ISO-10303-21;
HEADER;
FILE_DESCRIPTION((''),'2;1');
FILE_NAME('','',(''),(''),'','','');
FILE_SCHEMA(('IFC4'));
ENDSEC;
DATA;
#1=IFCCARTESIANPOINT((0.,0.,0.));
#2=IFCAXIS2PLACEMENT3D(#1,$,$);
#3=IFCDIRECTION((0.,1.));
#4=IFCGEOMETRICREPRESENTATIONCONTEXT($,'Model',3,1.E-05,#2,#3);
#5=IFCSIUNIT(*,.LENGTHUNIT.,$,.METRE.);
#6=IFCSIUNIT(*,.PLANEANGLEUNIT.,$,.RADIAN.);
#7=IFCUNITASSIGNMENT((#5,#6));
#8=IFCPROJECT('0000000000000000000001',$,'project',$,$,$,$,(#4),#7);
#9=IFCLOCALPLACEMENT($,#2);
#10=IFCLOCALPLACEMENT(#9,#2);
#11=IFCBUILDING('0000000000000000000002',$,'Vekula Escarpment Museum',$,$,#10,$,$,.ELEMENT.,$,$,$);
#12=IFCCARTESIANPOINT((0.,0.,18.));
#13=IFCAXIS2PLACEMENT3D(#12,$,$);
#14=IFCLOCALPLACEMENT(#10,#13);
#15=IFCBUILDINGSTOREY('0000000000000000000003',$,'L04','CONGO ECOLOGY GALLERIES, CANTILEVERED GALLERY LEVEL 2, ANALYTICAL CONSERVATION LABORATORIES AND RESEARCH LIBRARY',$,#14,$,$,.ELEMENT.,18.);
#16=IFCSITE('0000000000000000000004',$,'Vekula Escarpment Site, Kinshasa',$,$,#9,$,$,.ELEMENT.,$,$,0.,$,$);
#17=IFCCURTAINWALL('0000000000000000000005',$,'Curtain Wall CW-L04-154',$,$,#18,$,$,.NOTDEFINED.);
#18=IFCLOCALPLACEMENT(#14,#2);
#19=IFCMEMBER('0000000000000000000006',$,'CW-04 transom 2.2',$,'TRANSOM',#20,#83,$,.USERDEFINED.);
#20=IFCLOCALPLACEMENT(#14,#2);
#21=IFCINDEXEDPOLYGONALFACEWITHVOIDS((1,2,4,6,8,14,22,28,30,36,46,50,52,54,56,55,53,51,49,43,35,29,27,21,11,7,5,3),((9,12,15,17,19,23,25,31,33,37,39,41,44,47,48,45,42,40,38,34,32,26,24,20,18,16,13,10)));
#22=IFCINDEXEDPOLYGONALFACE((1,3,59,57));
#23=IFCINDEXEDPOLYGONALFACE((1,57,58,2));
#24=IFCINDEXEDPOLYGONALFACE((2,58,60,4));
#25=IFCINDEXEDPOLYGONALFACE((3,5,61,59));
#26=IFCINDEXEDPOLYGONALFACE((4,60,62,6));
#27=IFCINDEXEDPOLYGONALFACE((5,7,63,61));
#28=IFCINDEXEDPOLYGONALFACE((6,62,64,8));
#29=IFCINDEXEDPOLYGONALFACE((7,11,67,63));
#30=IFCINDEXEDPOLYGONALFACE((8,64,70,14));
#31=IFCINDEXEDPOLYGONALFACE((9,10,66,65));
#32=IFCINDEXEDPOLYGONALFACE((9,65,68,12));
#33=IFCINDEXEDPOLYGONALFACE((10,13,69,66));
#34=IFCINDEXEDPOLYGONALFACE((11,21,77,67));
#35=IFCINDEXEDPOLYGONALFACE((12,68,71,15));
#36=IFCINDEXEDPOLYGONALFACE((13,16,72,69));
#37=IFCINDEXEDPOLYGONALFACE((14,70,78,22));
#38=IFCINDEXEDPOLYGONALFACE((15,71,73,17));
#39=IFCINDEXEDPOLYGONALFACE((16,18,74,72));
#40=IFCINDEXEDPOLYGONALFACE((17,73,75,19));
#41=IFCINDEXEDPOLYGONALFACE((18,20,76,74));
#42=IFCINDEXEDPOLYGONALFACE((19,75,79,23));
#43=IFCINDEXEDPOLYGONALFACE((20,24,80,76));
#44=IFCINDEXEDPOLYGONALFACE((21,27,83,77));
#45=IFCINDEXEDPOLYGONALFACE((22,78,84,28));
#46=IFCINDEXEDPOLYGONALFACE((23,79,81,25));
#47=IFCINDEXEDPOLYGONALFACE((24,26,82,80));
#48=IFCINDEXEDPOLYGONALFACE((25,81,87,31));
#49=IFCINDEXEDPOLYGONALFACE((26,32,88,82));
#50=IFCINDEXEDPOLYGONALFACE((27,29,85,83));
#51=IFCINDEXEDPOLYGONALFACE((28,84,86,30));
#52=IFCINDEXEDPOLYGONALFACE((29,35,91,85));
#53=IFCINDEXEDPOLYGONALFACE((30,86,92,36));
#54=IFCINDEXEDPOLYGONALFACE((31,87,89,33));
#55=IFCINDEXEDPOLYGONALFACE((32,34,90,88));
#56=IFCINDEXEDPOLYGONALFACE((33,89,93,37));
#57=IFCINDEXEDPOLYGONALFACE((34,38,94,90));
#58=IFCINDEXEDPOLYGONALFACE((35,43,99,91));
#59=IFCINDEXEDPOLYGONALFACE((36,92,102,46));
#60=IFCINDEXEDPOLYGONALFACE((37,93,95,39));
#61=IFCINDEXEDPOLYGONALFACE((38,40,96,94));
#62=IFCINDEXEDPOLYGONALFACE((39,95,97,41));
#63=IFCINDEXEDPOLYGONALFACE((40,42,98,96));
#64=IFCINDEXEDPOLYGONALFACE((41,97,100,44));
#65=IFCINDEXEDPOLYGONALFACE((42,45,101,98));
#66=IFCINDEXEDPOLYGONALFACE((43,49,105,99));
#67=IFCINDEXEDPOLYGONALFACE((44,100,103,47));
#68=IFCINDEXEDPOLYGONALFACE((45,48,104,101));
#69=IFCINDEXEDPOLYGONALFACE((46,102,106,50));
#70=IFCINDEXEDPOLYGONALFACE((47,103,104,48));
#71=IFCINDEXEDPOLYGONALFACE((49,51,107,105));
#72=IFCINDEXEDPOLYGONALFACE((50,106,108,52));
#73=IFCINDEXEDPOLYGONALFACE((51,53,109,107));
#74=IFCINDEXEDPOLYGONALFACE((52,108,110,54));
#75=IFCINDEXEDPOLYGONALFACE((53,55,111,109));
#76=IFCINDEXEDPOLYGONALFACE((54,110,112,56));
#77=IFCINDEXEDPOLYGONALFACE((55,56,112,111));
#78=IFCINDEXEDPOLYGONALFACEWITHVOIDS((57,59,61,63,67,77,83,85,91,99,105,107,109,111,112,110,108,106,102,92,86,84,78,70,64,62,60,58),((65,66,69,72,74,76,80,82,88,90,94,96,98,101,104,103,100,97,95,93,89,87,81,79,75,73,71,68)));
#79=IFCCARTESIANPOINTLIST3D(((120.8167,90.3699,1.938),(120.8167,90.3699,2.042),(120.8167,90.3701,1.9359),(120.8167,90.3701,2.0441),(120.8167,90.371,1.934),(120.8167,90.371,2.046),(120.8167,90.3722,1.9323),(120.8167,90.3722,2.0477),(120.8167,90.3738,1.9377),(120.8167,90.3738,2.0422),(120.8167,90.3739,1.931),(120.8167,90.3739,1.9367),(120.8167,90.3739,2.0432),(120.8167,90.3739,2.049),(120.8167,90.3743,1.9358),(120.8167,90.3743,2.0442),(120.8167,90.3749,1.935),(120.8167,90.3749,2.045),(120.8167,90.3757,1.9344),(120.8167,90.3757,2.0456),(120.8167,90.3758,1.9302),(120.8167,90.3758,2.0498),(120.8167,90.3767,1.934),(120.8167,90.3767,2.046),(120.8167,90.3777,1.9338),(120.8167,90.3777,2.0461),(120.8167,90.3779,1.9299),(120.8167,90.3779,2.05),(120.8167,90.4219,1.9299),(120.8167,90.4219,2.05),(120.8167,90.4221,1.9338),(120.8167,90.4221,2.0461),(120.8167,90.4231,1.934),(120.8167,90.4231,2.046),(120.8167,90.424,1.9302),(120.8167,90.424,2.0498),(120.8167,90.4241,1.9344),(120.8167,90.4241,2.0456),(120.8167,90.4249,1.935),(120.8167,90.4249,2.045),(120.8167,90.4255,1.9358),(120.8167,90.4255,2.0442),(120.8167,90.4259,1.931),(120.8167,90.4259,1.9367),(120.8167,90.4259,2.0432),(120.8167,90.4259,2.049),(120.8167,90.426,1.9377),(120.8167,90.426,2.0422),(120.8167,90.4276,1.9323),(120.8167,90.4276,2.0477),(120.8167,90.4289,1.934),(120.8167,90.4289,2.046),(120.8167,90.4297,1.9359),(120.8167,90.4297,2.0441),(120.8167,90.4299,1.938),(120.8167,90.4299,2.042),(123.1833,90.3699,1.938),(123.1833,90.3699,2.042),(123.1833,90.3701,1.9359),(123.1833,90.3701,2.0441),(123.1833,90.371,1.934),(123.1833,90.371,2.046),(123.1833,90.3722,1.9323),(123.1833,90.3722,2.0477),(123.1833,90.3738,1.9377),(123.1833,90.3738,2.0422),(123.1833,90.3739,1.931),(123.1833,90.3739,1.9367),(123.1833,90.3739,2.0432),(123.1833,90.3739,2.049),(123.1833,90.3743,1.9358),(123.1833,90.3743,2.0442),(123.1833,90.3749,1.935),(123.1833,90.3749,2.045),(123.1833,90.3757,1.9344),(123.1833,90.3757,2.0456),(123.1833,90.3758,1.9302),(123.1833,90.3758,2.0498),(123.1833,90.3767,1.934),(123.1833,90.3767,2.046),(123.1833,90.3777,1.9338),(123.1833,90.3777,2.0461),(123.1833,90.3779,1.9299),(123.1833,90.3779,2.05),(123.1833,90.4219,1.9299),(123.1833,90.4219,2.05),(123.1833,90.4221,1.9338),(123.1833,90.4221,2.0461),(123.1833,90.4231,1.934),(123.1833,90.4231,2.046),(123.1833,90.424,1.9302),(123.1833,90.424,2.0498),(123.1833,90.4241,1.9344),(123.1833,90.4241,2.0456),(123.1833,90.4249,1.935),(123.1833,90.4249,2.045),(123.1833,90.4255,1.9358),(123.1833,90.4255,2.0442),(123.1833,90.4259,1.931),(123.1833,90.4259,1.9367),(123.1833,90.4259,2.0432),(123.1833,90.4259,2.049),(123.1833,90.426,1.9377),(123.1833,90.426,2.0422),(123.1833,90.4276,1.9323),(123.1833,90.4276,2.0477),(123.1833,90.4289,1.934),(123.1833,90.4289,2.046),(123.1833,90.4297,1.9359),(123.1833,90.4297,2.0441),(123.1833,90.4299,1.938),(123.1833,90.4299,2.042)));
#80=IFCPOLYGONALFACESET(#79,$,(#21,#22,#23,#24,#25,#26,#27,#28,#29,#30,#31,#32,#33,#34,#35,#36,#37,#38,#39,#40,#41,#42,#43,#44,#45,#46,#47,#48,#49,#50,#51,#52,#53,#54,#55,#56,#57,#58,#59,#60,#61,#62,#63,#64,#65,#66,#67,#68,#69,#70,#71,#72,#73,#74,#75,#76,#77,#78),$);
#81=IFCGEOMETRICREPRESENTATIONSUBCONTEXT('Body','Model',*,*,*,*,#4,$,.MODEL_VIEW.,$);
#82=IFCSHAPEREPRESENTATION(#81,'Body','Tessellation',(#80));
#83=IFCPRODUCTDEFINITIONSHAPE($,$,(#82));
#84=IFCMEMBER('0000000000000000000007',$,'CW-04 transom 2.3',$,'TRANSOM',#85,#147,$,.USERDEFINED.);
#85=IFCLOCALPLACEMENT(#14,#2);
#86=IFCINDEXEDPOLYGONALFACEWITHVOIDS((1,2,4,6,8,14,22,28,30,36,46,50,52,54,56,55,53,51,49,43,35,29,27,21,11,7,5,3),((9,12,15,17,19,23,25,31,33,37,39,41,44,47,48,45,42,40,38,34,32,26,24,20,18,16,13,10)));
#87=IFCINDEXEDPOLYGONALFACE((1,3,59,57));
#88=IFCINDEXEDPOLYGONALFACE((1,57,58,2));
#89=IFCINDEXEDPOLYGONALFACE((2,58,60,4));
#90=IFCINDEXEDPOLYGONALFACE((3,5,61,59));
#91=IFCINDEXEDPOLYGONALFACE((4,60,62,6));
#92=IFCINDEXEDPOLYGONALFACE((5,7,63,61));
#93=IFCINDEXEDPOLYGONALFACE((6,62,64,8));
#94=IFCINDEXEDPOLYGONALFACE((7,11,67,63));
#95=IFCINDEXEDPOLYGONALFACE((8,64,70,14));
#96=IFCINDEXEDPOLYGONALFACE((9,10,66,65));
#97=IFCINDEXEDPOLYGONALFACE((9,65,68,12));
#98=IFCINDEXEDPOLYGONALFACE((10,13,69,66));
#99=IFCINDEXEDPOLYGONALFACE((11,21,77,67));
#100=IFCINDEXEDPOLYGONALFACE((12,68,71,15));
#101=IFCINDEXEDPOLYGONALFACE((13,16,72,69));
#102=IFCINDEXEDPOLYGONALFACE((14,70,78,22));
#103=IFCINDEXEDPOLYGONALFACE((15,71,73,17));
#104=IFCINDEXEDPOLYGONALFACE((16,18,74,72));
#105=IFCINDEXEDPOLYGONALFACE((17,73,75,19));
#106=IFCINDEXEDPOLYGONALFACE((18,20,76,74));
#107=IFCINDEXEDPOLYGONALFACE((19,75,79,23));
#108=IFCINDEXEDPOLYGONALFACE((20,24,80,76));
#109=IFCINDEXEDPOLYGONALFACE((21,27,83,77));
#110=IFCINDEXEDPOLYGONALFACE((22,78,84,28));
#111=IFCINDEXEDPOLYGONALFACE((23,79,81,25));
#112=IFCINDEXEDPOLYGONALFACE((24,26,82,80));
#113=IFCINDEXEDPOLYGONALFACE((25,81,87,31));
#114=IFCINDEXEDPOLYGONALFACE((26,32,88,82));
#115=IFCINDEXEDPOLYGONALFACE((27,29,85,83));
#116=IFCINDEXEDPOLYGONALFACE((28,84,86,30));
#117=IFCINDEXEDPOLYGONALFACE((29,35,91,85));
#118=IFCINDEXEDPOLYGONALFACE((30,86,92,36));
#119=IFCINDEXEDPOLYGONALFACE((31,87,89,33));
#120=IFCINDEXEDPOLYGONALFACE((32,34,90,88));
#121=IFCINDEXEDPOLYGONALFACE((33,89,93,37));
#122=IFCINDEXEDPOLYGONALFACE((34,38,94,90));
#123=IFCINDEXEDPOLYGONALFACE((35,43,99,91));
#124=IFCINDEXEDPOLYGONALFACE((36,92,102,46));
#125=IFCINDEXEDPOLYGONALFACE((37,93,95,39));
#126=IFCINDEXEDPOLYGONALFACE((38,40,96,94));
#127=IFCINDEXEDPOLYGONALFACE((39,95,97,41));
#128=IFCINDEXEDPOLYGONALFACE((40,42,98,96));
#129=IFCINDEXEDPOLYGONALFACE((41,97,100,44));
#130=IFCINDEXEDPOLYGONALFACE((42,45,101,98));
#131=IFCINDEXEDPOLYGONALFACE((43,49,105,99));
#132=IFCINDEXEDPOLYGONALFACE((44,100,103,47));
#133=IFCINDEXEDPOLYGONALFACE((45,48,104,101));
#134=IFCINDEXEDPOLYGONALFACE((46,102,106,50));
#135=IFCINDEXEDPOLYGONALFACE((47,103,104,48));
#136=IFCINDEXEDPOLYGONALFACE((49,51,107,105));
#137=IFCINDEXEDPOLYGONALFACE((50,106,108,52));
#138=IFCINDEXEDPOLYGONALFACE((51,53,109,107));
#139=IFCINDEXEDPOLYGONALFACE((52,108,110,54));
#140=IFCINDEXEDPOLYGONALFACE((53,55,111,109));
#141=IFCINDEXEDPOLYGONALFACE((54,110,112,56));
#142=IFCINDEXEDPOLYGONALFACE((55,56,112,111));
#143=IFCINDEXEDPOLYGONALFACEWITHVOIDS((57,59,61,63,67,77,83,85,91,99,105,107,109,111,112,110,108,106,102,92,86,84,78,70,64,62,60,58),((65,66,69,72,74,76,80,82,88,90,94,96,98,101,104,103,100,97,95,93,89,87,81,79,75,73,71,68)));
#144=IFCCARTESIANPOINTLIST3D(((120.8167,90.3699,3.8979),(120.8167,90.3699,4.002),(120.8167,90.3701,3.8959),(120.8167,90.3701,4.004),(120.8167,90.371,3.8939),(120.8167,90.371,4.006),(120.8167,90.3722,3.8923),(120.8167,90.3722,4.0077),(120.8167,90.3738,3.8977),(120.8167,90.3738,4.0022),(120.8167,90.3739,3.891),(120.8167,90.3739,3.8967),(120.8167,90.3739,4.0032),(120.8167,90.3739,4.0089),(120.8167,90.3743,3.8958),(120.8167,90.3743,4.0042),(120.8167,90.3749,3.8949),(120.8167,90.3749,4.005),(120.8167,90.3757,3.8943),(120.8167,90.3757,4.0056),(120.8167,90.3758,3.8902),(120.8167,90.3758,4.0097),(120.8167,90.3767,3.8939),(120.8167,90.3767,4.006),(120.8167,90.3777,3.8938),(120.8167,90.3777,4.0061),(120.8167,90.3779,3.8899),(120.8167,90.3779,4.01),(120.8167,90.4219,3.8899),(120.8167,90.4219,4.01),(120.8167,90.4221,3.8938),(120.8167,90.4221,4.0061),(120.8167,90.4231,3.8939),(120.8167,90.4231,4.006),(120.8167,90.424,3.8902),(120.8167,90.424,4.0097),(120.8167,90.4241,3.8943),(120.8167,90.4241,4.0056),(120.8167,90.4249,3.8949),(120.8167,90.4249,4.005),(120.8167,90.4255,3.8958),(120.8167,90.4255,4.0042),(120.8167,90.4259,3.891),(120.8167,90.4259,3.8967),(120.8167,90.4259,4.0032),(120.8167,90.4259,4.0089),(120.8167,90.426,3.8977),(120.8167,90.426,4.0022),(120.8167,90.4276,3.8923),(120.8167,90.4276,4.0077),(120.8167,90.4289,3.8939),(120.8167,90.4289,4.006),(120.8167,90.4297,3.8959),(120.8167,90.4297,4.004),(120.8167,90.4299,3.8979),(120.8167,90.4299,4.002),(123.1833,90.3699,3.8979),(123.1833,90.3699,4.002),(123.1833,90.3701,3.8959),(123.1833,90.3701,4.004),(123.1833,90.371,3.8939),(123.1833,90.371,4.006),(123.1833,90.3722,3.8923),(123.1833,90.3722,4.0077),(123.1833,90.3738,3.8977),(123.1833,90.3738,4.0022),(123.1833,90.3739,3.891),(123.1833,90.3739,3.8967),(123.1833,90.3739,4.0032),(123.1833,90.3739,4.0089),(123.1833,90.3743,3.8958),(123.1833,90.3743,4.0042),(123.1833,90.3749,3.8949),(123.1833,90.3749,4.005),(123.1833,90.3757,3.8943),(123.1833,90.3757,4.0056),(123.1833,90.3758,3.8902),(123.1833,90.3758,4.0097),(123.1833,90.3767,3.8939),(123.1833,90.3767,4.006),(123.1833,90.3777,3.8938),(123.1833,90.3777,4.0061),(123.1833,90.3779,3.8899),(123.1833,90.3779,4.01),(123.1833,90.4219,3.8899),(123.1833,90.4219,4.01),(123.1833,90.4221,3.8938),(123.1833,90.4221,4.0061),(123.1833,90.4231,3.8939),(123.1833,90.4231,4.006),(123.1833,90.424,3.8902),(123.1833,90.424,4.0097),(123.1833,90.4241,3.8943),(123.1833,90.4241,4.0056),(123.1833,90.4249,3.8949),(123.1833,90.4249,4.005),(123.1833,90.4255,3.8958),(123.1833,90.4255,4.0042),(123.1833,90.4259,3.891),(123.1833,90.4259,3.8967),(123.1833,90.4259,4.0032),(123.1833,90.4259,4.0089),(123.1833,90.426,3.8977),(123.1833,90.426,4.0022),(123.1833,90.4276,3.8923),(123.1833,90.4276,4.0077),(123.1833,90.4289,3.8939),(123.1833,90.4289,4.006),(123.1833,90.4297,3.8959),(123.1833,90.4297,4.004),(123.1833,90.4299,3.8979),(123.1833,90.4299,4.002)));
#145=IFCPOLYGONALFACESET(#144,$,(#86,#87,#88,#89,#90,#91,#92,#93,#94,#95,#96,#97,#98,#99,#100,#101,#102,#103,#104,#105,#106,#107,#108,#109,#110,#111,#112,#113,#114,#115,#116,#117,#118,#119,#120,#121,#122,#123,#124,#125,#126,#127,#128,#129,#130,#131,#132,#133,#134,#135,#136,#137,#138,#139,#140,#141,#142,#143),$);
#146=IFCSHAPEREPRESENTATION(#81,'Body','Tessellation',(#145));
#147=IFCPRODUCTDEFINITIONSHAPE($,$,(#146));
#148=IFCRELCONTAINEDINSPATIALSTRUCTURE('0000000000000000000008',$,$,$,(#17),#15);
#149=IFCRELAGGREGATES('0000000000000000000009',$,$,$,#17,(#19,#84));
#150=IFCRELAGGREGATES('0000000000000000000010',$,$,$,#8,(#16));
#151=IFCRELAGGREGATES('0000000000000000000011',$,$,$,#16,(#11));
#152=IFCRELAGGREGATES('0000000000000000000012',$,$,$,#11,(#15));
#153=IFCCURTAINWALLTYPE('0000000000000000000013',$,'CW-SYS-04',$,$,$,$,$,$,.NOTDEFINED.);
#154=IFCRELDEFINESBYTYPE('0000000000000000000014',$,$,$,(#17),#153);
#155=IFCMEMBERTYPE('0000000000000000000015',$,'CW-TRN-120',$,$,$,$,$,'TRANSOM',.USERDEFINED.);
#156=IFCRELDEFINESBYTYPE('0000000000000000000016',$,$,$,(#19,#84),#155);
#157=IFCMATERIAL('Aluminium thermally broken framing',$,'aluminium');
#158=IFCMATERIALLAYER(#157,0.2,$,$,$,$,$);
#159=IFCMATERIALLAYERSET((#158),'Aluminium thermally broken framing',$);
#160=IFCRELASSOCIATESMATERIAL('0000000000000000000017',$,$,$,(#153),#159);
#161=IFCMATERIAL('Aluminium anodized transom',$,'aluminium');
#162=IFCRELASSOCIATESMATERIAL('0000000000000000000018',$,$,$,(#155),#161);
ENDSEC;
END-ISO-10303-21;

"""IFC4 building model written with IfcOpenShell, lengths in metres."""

from ifc_helpers import new_model, si_unit, direction, frame, origin, origin_2d, place, context, subcontext, project, spatial, hollow_rectangle, extrude, material, layer, layer_set, material_profile, profile_set, type_object, element, aggregate, save


model = new_model("IFC4")

# Units and contexts
model_context = context("Model", 3, precision=1e-05, world=origin(), true_north=direction((0.0, 1.0)))
body_context = subcontext(model_context, "Body", "Model", "MODEL_VIEW")
ifc_project = project(units=[si_unit("LENGTHUNIT", "METRE"), si_unit("PLANEANGLEUNIT", "RADIAN")], contexts=[model_context])

# Site, building, storey
site_placement = place(None, origin())
site = spatial("IfcSite", under=ifc_project, at=site_placement, Name="Vekula Escarpment Site, Kinshasa", CompositionType="ELEMENT", RefElevation=0.0)
building_placement = place(site_placement, origin())
building = spatial("IfcBuilding", under=site, at=building_placement, Name="Vekula Escarpment Museum", CompositionType="ELEMENT")
storey_placement = place(building_placement, frame((0.0, 0.0, 18.0)))
storey = spatial("IfcBuildingStorey", under=building, at=storey_placement, Name="L04", Description="CONGO ECOLOGY GALLERIES, CANTILEVERED GALLERY LEVEL 2, ANALYTICAL CONSERVATION LABORATORIES AND RESEARCH LIBRARY", CompositionType="ELEMENT", Elevation=18.0)

# Curtain wall
ifc_material_1 = material(Name="Aluminium thermally broken framing", Category="aluminium")
ifc_layer_1 = layer(ifc_material_1, 0.2)
ifc_layer_set_1 = layer_set([ifc_layer_1], Name="Aluminium thermally broken framing")
curtain_wall_type_1 = type_object("IfcCurtainWallType", Name="CW-SYS-04", PredefinedType="NOTDEFINED", material=ifc_layer_set_1)
curtain_wall_1_placement = place(storey_placement, origin())
curtain_wall_1 = element("IfcCurtainWall", 1, at=curtain_wall_1_placement, inside=storey, type_object=curtain_wall_type_1, Name="Curtain Wall CW-L04-154", PredefinedType="NOTDEFINED")

# Members
ifc_material_2 = material(Name="Aluminium anodized transom", Category="aluminium")
ifc_material_profile_1 = material_profile(ifc_material_2, hollow_rectangle(XDim=0.0601, YDim=0.1201, WallThickness=0.0039, InnerFilletRadius=0.0039, OuterFilletRadius=0.0081, at=origin_2d()), Name="ALU 120x60x4")
ifc_profile_set_1 = profile_set([ifc_material_profile_1], Name="Aluminium anodized transom")
member_type_1 = type_object("IfcMemberType", Name="CW-TRN-120", ElementType="TRANSOM", PredefinedType="USERDEFINED", material=ifc_profile_set_1)
member_1_placement = place(storey_placement, frame((123.1833, 90.3999, 1.99), z_axis=(-1.0, 0.0, 0.0), x_axis=(0.0, -1.0, 0.0)))
member_1 = element("IfcMember", 2, at=member_1_placement, type_object=member_type_1, Name="CW-04 transom 2.2", ObjectType="TRANSOM", PredefinedType="USERDEFINED", context=body_context, shape_type="SweptSolid", body=[
    extrude(hollow_rectangle(XDim=0.0601, YDim=0.1201, WallThickness=0.0039, InnerFilletRadius=0.0039, OuterFilletRadius=0.0081, at=origin_2d()), origin(), (0.0, 0.0, 1.0), 2.3667),
])
member_2_placement = place(storey_placement, frame((123.1833, 90.3999, 3.95), z_axis=(-1.0, 0.0, 0.0), x_axis=(0.0, -1.0, 0.0)))
member_2 = element("IfcMember", 3, at=member_2_placement, type_object=member_type_1, Name="CW-04 transom 2.3", ObjectType="TRANSOM", PredefinedType="USERDEFINED", context=body_context, shape_type="SweptSolid", body=[
    extrude(hollow_rectangle(XDim=0.0601, YDim=0.1201, WallThickness=0.0039, InnerFilletRadius=0.0039, OuterFilletRadius=0.0081, at=origin_2d()), origin(), (0.0, 0.0, 1.0), 2.3667),
])

aggregate(curtain_wall_1, [member_1, member_2])

save(model, "model.ifc")
